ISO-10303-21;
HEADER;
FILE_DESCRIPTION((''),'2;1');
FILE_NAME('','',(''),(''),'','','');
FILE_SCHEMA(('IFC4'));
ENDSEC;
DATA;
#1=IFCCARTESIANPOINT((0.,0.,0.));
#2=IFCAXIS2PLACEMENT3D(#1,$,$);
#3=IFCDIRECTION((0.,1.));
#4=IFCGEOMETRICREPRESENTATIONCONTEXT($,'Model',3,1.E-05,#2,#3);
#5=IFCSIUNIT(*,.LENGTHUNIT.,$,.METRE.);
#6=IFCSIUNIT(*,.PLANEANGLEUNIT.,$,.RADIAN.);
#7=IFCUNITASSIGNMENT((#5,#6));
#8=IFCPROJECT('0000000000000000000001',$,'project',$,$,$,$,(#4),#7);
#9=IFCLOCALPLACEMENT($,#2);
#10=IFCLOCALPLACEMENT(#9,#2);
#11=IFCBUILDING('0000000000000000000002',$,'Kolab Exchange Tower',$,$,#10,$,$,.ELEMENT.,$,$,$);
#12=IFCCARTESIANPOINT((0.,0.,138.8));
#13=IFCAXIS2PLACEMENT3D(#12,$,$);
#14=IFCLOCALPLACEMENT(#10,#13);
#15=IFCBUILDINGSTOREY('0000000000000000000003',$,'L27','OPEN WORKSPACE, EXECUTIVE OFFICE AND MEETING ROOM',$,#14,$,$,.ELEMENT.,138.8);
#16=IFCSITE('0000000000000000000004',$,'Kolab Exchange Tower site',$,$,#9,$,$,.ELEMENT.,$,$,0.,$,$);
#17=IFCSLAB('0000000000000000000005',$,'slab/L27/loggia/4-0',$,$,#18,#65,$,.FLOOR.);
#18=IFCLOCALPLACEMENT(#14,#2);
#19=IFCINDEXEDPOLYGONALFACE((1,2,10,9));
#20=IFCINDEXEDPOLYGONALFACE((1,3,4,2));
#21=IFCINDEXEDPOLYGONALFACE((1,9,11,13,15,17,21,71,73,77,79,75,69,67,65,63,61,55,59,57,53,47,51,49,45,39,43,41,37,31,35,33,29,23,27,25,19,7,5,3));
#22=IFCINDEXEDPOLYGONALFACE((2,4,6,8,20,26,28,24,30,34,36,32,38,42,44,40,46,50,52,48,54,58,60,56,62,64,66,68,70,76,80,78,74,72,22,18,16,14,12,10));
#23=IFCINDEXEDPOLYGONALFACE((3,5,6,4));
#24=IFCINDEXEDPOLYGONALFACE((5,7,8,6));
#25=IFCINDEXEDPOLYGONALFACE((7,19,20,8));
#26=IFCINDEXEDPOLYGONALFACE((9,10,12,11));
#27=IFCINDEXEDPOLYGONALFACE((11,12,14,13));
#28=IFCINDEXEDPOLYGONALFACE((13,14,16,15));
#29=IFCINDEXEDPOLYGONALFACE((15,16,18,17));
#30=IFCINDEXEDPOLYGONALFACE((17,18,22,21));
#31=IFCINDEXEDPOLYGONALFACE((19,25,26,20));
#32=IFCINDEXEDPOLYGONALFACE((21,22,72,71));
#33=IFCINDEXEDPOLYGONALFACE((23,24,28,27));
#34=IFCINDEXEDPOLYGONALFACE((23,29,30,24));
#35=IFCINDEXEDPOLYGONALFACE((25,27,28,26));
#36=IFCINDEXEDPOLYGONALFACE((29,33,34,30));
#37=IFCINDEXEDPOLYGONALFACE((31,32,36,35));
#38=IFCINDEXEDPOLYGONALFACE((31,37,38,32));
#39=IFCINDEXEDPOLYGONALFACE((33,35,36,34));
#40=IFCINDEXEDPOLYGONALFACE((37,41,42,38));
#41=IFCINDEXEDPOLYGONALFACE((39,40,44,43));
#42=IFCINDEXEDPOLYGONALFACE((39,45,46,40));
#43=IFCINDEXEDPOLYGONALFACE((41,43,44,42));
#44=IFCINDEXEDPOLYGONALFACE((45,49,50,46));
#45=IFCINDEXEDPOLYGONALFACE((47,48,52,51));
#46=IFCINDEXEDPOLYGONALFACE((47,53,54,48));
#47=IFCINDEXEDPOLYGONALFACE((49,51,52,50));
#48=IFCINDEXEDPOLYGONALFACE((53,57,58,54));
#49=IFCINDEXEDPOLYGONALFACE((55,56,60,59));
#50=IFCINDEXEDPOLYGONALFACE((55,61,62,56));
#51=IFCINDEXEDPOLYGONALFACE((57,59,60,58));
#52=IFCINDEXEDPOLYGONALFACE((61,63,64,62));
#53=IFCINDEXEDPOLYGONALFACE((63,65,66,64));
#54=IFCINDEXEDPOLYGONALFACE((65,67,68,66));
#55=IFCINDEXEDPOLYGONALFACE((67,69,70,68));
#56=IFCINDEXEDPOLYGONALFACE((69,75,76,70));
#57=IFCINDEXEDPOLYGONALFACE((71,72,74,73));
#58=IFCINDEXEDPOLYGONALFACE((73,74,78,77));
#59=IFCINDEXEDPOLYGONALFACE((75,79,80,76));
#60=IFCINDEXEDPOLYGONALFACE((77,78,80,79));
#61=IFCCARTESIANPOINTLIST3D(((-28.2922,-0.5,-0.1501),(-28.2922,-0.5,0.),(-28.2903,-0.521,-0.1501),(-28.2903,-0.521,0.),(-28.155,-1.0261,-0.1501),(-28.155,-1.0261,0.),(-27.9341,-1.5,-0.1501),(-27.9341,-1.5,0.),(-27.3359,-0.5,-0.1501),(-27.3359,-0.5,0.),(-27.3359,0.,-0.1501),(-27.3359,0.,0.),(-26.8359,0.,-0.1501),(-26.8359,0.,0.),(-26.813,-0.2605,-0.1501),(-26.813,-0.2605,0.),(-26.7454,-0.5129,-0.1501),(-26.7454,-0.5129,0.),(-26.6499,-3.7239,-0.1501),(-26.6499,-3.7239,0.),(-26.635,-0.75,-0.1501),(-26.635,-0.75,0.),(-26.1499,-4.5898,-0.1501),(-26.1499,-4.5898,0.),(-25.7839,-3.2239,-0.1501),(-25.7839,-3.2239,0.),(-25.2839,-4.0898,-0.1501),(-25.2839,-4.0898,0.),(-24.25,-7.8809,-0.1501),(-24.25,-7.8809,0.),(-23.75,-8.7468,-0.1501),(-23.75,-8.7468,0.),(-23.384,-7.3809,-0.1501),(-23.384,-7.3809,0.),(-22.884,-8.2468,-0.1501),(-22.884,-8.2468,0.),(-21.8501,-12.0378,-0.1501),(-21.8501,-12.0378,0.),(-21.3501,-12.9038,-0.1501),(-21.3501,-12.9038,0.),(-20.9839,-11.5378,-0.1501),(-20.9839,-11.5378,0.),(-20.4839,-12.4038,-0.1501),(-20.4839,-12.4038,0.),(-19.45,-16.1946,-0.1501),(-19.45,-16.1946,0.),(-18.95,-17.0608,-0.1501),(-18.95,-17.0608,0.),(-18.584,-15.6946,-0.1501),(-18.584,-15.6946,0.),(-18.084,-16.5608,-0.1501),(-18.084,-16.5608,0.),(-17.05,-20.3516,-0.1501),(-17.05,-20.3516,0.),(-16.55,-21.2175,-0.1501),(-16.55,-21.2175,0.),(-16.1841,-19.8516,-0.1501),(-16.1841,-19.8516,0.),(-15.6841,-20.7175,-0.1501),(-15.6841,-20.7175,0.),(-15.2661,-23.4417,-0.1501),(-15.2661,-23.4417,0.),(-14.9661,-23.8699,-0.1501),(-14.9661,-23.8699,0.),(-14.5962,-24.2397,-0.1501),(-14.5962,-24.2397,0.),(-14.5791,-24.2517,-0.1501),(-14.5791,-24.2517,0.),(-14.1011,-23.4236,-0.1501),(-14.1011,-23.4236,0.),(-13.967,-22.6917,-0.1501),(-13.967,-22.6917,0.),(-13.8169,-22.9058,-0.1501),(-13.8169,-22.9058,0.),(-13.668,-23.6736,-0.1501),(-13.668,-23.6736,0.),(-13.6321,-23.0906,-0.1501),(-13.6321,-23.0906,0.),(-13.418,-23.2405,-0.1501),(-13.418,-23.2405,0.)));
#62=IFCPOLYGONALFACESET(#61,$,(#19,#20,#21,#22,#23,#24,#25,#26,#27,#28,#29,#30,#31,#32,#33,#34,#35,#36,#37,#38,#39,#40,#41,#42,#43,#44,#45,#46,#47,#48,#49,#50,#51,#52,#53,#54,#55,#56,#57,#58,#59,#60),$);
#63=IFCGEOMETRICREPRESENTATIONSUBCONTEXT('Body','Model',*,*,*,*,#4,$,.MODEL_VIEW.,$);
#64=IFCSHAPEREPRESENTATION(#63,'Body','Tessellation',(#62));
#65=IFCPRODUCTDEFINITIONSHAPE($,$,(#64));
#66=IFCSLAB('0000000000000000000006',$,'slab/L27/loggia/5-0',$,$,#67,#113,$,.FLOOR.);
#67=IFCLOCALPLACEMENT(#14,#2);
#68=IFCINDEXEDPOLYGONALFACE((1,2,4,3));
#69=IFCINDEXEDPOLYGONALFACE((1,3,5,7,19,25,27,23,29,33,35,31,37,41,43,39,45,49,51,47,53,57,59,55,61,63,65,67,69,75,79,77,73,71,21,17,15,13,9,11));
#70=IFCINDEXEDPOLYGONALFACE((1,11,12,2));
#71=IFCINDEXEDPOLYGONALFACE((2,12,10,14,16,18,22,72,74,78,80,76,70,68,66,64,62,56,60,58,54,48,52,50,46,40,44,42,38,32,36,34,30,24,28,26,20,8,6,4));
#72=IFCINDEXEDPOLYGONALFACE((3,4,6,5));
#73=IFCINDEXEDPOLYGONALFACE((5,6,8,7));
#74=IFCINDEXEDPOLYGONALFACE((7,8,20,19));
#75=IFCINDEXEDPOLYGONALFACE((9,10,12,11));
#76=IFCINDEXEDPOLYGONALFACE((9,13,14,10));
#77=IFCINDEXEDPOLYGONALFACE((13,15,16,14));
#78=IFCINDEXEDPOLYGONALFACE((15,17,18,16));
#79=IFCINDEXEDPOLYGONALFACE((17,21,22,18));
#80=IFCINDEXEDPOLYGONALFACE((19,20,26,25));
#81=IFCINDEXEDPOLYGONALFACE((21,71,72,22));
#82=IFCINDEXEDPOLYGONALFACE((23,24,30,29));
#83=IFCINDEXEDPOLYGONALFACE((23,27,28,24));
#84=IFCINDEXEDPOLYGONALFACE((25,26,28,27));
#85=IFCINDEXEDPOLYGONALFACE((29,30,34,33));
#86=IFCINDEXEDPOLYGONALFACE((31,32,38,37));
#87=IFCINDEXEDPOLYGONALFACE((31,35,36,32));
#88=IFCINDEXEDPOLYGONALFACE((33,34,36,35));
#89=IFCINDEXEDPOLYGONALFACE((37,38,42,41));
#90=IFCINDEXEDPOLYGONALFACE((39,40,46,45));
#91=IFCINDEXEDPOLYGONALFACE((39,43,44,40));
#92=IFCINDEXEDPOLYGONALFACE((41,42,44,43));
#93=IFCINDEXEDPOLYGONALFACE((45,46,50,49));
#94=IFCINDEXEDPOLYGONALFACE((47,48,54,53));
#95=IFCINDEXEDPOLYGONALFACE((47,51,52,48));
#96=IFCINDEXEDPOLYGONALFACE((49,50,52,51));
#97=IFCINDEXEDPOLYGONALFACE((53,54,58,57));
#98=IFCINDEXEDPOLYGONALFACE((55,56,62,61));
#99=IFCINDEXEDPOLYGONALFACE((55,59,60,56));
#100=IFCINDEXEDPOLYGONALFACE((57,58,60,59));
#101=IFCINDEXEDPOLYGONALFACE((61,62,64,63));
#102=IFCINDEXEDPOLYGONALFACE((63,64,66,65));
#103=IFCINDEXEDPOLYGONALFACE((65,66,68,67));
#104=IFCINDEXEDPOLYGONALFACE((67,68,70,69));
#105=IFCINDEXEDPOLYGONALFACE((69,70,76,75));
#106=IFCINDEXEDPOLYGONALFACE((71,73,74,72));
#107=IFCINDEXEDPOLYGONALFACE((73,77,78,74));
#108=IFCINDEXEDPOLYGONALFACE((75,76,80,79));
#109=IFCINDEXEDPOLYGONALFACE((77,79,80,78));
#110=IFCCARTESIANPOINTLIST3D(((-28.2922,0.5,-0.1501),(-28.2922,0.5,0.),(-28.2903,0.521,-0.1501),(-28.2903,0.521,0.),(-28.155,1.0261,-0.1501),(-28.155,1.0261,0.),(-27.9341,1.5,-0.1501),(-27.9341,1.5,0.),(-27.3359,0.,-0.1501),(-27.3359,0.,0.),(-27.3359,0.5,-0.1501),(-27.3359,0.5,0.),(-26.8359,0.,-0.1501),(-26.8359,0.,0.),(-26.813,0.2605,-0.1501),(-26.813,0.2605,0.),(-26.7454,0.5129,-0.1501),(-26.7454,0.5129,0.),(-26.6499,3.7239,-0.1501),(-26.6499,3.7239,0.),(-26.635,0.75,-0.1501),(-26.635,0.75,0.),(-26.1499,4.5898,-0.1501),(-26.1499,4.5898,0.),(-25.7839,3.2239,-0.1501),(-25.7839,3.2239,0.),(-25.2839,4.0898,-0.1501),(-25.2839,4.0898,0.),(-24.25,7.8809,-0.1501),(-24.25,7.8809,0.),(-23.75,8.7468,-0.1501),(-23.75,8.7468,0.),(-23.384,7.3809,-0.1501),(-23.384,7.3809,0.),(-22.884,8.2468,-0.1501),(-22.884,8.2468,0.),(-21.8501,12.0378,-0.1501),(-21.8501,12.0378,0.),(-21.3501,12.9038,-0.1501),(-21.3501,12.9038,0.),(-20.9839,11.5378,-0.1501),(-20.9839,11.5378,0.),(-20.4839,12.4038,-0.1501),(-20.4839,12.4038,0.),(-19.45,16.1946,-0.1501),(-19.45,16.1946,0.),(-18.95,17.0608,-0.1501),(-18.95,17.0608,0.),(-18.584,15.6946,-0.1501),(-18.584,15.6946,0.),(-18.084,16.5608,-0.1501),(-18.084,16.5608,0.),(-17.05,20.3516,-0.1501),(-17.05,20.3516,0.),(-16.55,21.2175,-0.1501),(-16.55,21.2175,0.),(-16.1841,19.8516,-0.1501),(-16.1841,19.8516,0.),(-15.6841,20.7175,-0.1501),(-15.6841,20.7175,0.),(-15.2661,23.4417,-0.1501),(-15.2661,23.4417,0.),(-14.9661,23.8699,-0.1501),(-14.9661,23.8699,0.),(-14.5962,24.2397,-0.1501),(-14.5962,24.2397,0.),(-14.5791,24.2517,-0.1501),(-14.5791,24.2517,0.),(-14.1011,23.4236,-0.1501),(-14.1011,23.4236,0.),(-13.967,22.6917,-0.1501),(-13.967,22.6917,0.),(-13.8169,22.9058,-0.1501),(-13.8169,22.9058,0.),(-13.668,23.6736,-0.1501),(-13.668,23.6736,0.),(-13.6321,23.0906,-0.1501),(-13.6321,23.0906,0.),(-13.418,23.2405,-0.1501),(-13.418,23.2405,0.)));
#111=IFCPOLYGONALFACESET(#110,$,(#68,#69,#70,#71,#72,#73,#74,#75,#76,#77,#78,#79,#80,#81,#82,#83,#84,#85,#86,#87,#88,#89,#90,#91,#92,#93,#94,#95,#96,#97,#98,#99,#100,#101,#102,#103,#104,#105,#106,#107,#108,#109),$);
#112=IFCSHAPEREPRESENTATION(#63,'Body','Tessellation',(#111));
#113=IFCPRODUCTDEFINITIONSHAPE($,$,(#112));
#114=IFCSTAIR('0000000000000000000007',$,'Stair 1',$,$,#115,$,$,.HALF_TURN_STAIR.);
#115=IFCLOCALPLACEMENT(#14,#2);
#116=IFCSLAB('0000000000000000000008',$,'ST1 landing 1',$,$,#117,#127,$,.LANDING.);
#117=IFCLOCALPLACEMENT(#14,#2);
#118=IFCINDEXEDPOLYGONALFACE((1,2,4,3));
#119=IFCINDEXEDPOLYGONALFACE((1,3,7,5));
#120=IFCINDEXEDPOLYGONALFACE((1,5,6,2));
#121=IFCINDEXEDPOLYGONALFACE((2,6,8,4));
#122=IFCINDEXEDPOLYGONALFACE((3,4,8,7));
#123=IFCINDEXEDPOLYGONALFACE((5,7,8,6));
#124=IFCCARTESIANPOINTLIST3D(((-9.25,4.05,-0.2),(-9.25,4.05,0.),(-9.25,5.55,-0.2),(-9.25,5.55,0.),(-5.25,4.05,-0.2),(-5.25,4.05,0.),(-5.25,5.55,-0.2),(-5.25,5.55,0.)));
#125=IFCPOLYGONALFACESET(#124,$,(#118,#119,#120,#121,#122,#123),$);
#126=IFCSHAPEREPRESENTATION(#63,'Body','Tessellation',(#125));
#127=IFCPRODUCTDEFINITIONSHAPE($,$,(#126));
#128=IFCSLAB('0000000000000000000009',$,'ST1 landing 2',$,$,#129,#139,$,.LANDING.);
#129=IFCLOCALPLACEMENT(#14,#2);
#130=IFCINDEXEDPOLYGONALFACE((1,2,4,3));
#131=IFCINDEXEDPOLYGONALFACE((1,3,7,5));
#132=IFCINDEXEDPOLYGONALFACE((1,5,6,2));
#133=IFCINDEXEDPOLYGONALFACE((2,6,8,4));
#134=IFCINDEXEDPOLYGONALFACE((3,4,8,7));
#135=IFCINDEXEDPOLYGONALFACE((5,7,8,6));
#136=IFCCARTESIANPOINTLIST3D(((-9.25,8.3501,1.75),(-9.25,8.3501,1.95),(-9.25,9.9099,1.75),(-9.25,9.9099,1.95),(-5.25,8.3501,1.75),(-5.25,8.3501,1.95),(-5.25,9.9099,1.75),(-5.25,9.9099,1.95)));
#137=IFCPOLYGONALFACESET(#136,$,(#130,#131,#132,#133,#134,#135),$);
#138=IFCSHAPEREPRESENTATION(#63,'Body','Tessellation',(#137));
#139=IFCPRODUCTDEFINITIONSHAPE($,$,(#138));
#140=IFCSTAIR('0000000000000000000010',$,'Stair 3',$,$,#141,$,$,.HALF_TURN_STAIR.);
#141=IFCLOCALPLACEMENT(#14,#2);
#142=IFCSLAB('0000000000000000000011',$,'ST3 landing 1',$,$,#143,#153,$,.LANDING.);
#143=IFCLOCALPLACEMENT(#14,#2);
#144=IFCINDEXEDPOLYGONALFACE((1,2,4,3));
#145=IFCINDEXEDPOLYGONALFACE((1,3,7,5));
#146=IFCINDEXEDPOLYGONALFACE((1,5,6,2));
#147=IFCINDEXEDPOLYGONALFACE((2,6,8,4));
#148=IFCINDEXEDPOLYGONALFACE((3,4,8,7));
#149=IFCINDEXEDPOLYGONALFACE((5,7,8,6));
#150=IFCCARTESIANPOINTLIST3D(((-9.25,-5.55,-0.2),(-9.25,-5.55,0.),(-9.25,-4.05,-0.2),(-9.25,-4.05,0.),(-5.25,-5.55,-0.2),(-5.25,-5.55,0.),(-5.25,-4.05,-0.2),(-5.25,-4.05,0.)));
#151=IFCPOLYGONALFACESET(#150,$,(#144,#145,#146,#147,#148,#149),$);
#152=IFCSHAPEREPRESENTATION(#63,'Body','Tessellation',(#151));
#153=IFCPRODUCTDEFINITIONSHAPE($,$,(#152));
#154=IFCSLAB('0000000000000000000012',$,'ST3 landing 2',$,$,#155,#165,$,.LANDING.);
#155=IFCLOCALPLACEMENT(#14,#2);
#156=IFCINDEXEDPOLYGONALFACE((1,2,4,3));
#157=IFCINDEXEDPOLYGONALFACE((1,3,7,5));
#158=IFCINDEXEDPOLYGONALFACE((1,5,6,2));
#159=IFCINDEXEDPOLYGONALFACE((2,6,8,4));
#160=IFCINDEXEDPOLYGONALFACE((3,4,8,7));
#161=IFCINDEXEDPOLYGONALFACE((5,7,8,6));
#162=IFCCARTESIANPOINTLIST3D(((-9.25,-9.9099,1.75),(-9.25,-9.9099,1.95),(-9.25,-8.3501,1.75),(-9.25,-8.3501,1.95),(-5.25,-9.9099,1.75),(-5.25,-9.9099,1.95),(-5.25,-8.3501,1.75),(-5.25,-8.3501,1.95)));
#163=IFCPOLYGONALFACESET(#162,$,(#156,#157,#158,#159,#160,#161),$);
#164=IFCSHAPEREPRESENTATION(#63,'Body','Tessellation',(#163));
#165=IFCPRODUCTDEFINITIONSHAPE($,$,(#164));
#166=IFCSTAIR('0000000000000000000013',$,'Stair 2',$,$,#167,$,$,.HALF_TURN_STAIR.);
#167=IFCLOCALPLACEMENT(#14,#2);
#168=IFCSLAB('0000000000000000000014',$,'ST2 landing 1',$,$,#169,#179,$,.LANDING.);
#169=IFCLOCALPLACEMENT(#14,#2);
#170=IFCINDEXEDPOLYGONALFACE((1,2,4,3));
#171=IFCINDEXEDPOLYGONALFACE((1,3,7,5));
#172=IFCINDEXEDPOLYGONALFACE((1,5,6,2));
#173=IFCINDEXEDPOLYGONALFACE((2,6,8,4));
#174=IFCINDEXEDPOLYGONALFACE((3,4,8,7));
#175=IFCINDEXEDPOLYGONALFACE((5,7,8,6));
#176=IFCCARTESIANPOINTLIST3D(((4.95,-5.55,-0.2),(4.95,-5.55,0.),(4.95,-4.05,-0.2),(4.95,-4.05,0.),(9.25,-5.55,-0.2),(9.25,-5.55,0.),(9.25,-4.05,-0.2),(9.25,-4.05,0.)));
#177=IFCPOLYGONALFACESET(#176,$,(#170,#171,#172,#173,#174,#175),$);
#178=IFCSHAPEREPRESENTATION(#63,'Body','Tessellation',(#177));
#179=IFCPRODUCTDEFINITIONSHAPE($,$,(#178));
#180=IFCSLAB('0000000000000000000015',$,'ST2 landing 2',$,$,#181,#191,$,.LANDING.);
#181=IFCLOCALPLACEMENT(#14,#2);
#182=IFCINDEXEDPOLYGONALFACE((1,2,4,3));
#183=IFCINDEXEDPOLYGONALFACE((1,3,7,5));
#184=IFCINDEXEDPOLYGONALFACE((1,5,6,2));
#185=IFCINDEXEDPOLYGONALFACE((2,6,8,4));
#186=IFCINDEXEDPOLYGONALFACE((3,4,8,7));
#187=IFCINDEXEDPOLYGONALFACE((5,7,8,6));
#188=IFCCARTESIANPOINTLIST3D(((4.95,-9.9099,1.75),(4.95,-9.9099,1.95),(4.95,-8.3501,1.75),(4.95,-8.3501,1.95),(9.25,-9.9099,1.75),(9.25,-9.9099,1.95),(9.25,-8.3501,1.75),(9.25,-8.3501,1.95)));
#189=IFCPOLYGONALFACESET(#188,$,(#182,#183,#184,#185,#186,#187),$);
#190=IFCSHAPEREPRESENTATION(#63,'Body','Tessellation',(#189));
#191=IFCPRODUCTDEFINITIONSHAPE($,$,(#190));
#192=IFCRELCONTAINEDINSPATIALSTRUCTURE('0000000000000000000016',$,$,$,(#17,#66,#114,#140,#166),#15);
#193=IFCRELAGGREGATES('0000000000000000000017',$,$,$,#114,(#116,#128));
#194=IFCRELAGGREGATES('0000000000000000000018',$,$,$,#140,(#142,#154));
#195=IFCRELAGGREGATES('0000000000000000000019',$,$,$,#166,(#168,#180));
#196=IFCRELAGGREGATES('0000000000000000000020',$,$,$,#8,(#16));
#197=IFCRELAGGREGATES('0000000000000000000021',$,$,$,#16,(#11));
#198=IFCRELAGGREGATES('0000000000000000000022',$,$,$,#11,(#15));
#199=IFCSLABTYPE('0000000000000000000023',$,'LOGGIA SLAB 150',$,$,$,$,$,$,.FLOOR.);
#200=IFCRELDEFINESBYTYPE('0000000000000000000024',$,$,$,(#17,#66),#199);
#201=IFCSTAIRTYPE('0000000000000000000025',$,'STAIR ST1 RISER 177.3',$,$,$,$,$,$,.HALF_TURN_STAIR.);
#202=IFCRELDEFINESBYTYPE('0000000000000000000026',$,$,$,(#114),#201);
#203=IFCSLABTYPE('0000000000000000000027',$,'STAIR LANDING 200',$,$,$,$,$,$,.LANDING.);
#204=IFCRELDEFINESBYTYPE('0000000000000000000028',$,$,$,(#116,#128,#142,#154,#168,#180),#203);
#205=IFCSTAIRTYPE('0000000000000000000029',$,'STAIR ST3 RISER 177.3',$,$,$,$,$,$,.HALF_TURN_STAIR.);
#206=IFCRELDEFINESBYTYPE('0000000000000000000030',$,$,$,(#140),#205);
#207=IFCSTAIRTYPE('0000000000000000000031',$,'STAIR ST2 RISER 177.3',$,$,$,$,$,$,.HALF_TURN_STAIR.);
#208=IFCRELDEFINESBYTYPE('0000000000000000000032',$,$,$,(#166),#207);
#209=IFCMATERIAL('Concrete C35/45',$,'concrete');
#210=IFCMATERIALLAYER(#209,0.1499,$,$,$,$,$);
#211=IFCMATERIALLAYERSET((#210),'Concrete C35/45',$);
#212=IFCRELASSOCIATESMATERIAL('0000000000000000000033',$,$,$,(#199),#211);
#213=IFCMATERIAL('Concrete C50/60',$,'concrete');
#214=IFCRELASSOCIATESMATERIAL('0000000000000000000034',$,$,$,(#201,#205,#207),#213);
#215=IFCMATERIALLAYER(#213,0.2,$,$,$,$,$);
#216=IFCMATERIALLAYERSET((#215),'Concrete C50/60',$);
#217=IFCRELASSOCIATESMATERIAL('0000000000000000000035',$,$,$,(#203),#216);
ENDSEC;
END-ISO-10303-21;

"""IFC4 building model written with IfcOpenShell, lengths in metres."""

from ifc_helpers import new_model, si_unit, direction, frame, origin, place, context, subcontext, project, spatial, polyline, outline, extrude, material, layer, layer_set, type_object, element, aggregate, save


model = new_model("IFC4")

# Units and contexts
model_context = context("Model", 3, precision=1e-05, world=origin(), true_north=direction((0.0, 1.0)))
body_context = subcontext(model_context, "Body", "Model", "MODEL_VIEW")
ifc_project = project(units=[si_unit("LENGTHUNIT", "METRE"), si_unit("PLANEANGLEUNIT", "RADIAN")], contexts=[model_context])

# Site, building, storey
site_placement = place(None, origin())
site = spatial("IfcSite", under=ifc_project, at=site_placement, Name="Kolab Exchange Tower site", CompositionType="ELEMENT", RefElevation=0.0)
building_placement = place(site_placement, origin())
building = spatial("IfcBuilding", under=site, at=building_placement, Name="Kolab Exchange Tower", CompositionType="ELEMENT")
storey_placement = place(building_placement, frame((0.0, 0.0, 138.8)))
storey = spatial("IfcBuildingStorey", under=building, at=storey_placement, Name="L27", Description="OPEN WORKSPACE, EXECUTIVE OFFICE AND MEETING ROOM", CompositionType="ELEMENT", Elevation=138.8)

# Slabs
ifc_material_1 = material(Name="Concrete C35/45", Category="concrete")
ifc_layer_1 = layer(ifc_material_1, 0.1499)
ifc_layer_set_1 = layer_set([ifc_layer_1], Name="Concrete C35/45")
slab_type_1 = type_object("IfcSlabType", Name="LOGGIA SLAB 150", PredefinedType="FLOOR", material=ifc_layer_set_1)
slab_1_placement = place(storey_placement, frame((0.0, 0.0, -0.1501)))
element("IfcSlab", 1, at=slab_1_placement, inside=storey, type_object=slab_type_1, Name="slab/L27/loggia/4-0", PredefinedType="FLOOR", context=body_context, shape_type="SweptSolid", body=[
    extrude(outline(polyline([(-26.8359, 0.0), (-27.3359, 0.0), (-27.3359, -0.5), (-28.2922, -0.5), (-28.2903, -0.521), (-28.155, -1.0261), (-27.9341, -1.5), (-26.6499, -3.7239), (-25.7839, -3.2239), (-25.2839, -4.0898), (-26.1499, -4.5898), (-24.25, -7.8809), (-23.384, -7.3809), (-22.884, -8.2468), (-23.75, -8.7468), (-21.8501, -12.0378), (-20.9839, -11.5378), (-20.4839, -12.4038), (-21.3501, -12.9038), (-19.45, -16.1946), (-18.584, -15.6946), (-18.084, -16.5608), (-18.95, -17.0608), (-17.05, -20.3516), (-16.1841, -19.8516), (-15.6841, -20.7175), (-16.55, -21.2175), (-15.2661, -23.4417), (-14.9661, -23.8699), (-14.5962, -24.2397), (-14.5791, -24.2517), (-14.1011, -23.4236), (-13.668, -23.6736), (-13.418, -23.2405), (-13.6321, -23.0906), (-13.8169, -22.9058), (-13.967, -22.6917), (-26.635, -0.75), (-26.7454, -0.5129), (-26.813, -0.2605), (-26.8359, 0.0)])), origin(), (0.0, 0.0, 1.0), 0.1501),
])
slab_2_placement = place(storey_placement, frame((0.0, 0.0, -0.1501)))
element("IfcSlab", 2, at=slab_2_placement, inside=storey, type_object=slab_type_1, Name="slab/L27/loggia/5-0", PredefinedType="FLOOR", context=body_context, shape_type="SweptSolid", body=[
    extrude(outline(polyline([(-13.418, 23.2405), (-13.668, 23.6736), (-14.1011, 23.4236), (-14.5791, 24.2517), (-14.5962, 24.2397), (-14.9661, 23.8699), (-15.2661, 23.4417), (-16.55, 21.2175), (-15.6841, 20.7175), (-16.1841, 19.8516), (-17.05, 20.3516), (-18.95, 17.0608), (-18.084, 16.5608), (-18.584, 15.6946), (-19.45, 16.1946), (-21.3501, 12.9038), (-20.4839, 12.4038), (-20.9839, 11.5378), (-21.8501, 12.0378), (-23.75, 8.7468), (-22.884, 8.2468), (-23.384, 7.3809), (-24.25, 7.8809), (-26.1499, 4.5898), (-25.2839, 4.0898), (-25.7839, 3.2239), (-26.6499, 3.7239), (-27.9341, 1.5), (-28.155, 1.0261), (-28.2903, 0.521), (-28.2922, 0.5), (-27.3359, 0.5), (-27.3359, 0.0), (-26.8359, 0.0), (-26.813, 0.2605), (-26.7454, 0.5129), (-26.635, 0.75), (-13.967, 22.6917), (-13.8169, 22.9058), (-13.6321, 23.0906), (-13.418, 23.2405)])), origin(), (0.0, 0.0, 1.0), 0.1501),
])

# Stairs, slabs
ifc_material_2 = material(Name="Concrete C50/60", Category="concrete")
stair_type_1 = type_object("IfcStairType", Name="STAIR ST1 RISER 177.3", PredefinedType="HALF_TURN_STAIR", material=ifc_material_2)
stair_1_placement = place(storey_placement, origin())
stair_1 = element("IfcStair", 3, at=stair_1_placement, inside=storey, type_object=stair_type_1, Name="Stair 1", PredefinedType="HALF_TURN_STAIR")
ifc_layer_2 = layer(ifc_material_2, 0.2)
ifc_layer_set_2 = layer_set([ifc_layer_2], Name="Concrete C50/60")
slab_type_2 = type_object("IfcSlabType", Name="STAIR LANDING 200", PredefinedType="LANDING", material=ifc_layer_set_2)
slab_3_placement = place(storey_placement, frame((0.0, 0.0, -0.2)))
slab_3 = element("IfcSlab", 4, at=slab_3_placement, type_object=slab_type_2, Name="ST1 landing 1", PredefinedType="LANDING", context=body_context, shape_type="SweptSolid", body=[
    extrude(outline(polyline([(-9.25, 4.05), (-5.25, 4.05), (-5.25, 5.55), (-9.25, 5.55), (-9.25, 4.05)])), origin(), (0.0, 0.0, 1.0), 0.2),
])
slab_4_placement = place(storey_placement, frame((0.0, 0.0, 1.75)))
slab_4 = element("IfcSlab", 5, at=slab_4_placement, type_object=slab_type_2, Name="ST1 landing 2", PredefinedType="LANDING", context=body_context, shape_type="SweptSolid", body=[
    extrude(outline(polyline([(-9.25, 8.3501), (-5.25, 8.3501), (-5.25, 9.9099), (-9.25, 9.9099), (-9.25, 8.3501)])), origin(), (0.0, 0.0, 1.0), 0.2),
])
aggregate(stair_1, [slab_3, slab_4])
stair_type_2 = type_object("IfcStairType", Name="STAIR ST3 RISER 177.3", PredefinedType="HALF_TURN_STAIR", material=ifc_material_2)
stair_2_placement = place(storey_placement, origin())
stair_2 = element("IfcStair", 6, at=stair_2_placement, inside=storey, type_object=stair_type_2, Name="Stair 3", PredefinedType="HALF_TURN_STAIR")
slab_5_placement = place(storey_placement, frame((0.0, 0.0, -0.2)))
slab_5 = element("IfcSlab", 7, at=slab_5_placement, type_object=slab_type_2, Name="ST3 landing 1", PredefinedType="LANDING", context=body_context, shape_type="SweptSolid", body=[
    extrude(outline(polyline([(-9.25, -5.55), (-5.25, -5.55), (-5.25, -4.05), (-9.25, -4.05), (-9.25, -5.55)])), origin(), (0.0, 0.0, 1.0), 0.2),
])
slab_6_placement = place(storey_placement, frame((0.0, 0.0, 1.75)))
slab_6 = element("IfcSlab", 8, at=slab_6_placement, type_object=slab_type_2, Name="ST3 landing 2", PredefinedType="LANDING", context=body_context, shape_type="SweptSolid", body=[
    extrude(outline(polyline([(-9.25, -9.9099), (-5.25, -9.9099), (-5.25, -8.3501), (-9.25, -8.3501), (-9.25, -9.9099)])), origin(), (0.0, 0.0, 1.0), 0.2),
])
aggregate(stair_2, [slab_5, slab_6])
stair_type_3 = type_object("IfcStairType", Name="STAIR ST2 RISER 177.3", PredefinedType="HALF_TURN_STAIR", material=ifc_material_2)
stair_3_placement = place(storey_placement, origin())
stair_3 = element("IfcStair", 9, at=stair_3_placement, inside=storey, type_object=stair_type_3, Name="Stair 2", PredefinedType="HALF_TURN_STAIR")
slab_7_placement = place(storey_placement, frame((0.0, 0.0, -0.2)))
slab_7 = element("IfcSlab", 10, at=slab_7_placement, type_object=slab_type_2, Name="ST2 landing 1", PredefinedType="LANDING", context=body_context, shape_type="SweptSolid", body=[
    extrude(outline(polyline([(4.95, -5.55), (9.25, -5.55), (9.25, -4.05), (4.95, -4.05), (4.95, -5.55)])), origin(), (0.0, 0.0, 1.0), 0.2),
])
slab_8_placement = place(storey_placement, frame((0.0, 0.0, 1.75)))
slab_8 = element("IfcSlab", 11, at=slab_8_placement, type_object=slab_type_2, Name="ST2 landing 2", PredefinedType="LANDING", context=body_context, shape_type="SweptSolid", body=[
    extrude(outline(polyline([(4.95, -9.9099), (9.25, -9.9099), (9.25, -8.3501), (4.95, -8.3501), (4.95, -9.9099)])), origin(), (0.0, 0.0, 1.0), 0.2),
])
aggregate(stair_3, [slab_7, slab_8])

save(model, "model.ifc")
